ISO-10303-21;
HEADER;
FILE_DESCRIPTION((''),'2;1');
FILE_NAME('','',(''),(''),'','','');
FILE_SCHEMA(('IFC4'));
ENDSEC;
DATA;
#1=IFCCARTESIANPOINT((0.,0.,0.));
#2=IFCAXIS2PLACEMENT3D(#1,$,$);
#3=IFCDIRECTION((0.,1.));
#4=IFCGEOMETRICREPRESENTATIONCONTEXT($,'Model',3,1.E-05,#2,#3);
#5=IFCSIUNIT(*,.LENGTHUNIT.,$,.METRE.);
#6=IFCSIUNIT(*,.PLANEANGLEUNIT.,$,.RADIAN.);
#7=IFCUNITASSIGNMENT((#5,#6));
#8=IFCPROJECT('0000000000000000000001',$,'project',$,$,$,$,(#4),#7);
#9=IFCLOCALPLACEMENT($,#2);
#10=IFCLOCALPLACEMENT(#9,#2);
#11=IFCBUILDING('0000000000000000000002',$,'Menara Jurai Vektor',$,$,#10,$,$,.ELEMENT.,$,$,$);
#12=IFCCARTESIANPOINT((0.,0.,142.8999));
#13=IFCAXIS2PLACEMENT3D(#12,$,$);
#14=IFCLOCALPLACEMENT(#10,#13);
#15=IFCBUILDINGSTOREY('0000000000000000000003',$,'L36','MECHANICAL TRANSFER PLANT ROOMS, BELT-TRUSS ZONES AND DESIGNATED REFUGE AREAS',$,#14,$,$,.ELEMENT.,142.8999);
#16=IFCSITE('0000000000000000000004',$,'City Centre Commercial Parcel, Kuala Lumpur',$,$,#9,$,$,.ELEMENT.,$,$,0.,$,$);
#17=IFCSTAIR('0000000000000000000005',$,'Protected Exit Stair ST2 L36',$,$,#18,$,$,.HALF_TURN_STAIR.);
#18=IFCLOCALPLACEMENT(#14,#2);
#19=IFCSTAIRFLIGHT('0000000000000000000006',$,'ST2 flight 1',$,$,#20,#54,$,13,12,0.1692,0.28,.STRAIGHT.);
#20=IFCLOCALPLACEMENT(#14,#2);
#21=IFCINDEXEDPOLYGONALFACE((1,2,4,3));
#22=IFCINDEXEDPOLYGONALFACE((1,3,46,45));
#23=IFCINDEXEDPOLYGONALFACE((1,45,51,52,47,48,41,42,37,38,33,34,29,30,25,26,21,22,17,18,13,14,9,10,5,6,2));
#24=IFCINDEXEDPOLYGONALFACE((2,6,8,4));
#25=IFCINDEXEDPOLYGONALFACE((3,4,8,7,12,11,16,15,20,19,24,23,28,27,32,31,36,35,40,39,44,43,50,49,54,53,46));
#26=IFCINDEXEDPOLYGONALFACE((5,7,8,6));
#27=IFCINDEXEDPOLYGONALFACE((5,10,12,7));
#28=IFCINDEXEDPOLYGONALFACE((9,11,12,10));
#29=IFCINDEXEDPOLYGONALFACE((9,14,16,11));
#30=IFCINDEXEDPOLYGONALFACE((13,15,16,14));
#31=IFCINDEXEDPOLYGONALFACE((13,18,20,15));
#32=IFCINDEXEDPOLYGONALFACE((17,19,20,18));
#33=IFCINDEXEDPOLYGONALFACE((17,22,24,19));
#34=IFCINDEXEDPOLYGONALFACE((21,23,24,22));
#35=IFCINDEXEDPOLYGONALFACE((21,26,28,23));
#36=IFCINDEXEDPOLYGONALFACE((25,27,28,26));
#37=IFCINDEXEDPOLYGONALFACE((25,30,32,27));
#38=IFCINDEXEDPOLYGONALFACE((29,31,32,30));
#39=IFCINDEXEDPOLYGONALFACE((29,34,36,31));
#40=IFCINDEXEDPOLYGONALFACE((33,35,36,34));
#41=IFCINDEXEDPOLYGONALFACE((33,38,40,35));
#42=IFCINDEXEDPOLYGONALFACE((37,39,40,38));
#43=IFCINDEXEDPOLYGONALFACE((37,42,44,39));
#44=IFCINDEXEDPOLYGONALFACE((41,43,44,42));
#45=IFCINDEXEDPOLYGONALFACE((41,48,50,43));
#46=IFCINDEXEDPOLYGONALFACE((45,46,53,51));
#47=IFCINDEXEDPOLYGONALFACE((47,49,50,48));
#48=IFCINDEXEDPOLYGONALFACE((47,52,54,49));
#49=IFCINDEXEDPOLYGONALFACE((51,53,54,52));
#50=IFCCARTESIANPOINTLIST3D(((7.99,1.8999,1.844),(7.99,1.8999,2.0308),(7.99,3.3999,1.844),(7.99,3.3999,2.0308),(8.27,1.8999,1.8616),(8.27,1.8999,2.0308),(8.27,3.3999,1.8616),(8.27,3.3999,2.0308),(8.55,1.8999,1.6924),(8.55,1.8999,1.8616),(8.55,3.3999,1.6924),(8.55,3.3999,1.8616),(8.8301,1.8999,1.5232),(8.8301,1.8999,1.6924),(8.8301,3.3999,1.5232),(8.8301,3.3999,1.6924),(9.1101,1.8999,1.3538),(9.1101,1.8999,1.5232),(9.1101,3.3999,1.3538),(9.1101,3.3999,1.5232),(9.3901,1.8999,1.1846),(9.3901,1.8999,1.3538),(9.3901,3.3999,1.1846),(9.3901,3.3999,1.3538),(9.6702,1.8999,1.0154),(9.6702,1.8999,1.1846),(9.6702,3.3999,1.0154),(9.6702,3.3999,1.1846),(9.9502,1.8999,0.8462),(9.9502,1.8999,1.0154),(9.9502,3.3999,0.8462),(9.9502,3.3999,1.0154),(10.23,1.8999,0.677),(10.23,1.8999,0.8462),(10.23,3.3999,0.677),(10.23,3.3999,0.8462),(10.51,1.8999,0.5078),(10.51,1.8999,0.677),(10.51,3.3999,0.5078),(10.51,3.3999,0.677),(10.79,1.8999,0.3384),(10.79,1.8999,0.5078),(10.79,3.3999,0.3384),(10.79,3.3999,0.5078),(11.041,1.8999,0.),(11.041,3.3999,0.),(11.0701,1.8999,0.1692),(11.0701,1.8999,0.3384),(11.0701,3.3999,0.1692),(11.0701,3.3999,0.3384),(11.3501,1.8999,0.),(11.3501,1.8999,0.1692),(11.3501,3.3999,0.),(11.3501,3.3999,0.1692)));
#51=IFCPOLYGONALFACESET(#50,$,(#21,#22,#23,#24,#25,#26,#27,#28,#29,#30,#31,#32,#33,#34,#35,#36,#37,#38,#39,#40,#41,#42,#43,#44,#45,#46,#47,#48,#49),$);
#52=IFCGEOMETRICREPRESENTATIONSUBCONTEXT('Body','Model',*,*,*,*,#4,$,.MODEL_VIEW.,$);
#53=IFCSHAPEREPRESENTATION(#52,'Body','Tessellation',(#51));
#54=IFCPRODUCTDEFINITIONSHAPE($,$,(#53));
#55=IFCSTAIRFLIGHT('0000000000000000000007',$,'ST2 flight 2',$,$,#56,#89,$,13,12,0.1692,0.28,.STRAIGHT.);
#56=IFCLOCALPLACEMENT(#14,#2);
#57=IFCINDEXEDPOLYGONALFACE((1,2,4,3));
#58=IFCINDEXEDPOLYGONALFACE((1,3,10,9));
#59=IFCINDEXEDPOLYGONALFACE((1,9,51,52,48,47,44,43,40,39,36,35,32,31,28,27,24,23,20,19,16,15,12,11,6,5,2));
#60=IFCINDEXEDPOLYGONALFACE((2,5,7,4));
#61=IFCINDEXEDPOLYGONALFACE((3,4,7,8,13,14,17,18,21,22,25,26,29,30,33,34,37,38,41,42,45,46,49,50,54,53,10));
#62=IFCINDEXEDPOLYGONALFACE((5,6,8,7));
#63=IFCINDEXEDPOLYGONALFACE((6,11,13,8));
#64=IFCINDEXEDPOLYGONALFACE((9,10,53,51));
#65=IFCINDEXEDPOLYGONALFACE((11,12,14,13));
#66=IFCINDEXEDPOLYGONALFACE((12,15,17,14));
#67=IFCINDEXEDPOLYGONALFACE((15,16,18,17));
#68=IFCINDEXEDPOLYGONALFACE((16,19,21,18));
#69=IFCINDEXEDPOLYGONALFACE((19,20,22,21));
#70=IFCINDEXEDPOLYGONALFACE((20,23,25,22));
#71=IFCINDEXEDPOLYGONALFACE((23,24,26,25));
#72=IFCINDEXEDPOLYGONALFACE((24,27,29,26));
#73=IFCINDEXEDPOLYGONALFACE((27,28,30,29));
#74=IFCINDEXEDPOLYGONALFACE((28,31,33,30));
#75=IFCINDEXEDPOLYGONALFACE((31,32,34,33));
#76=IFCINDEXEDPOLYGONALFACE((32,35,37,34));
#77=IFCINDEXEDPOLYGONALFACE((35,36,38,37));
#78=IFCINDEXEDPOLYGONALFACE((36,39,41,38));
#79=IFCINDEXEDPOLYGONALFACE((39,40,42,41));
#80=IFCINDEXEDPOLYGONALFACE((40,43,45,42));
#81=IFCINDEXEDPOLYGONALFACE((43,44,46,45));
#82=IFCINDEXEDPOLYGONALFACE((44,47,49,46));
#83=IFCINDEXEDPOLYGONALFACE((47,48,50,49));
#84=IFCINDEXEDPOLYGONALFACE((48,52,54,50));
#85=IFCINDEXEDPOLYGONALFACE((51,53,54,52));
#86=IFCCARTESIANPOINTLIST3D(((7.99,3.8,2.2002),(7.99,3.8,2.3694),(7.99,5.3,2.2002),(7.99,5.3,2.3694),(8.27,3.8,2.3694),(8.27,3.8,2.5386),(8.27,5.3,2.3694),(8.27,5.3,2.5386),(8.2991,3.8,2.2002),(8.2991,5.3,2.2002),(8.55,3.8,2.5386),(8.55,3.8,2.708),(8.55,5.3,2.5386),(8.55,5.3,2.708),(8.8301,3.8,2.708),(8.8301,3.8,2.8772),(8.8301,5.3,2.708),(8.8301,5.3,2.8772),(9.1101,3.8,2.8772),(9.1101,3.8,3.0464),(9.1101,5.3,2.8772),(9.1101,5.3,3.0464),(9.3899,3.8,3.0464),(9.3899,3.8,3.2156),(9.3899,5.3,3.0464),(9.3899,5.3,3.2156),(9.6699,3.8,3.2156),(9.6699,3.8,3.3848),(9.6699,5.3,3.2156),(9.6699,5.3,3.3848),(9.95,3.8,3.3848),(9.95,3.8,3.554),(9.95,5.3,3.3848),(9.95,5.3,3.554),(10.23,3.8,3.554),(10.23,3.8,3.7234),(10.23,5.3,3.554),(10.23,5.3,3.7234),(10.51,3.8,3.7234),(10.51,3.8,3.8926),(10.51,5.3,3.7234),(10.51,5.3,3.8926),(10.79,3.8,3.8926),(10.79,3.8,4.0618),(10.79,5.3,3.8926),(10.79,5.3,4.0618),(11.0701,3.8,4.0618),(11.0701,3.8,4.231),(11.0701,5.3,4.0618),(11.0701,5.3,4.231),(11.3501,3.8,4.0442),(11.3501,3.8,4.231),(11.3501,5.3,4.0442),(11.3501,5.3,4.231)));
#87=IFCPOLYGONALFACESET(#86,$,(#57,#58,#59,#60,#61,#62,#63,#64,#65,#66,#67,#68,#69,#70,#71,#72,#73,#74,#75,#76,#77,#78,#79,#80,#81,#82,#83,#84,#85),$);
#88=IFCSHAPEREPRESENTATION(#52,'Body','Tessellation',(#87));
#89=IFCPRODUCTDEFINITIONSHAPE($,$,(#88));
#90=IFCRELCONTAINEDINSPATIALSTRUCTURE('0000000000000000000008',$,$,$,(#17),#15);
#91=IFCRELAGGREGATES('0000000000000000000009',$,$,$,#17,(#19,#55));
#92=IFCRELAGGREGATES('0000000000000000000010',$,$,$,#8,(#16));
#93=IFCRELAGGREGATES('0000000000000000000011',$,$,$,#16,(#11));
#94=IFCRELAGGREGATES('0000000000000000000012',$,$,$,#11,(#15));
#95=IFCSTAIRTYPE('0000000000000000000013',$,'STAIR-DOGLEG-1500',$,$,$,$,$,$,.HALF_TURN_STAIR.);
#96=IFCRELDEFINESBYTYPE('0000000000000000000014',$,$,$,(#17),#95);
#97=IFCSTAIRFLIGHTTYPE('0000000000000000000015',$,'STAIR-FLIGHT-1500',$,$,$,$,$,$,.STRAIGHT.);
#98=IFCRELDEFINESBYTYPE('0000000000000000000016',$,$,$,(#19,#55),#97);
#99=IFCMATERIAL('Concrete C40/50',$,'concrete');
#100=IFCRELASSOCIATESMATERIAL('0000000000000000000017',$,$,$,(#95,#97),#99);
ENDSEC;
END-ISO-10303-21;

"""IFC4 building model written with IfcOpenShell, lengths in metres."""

from ifc_helpers import new_model, si_unit, direction, frame, origin, place, context, subcontext, project, spatial, polyline, outline, extrude, material, type_object, element, aggregate, save


model = new_model("IFC4")

# Units and contexts
model_context = context("Model", 3, precision=1e-05, world=origin(), true_north=direction((0.0, 1.0)))
body_context = subcontext(model_context, "Body", "Model", "MODEL_VIEW")
ifc_project = project(units=[si_unit("LENGTHUNIT", "METRE"), si_unit("PLANEANGLEUNIT", "RADIAN")], contexts=[model_context])

# Site, building, storey
site_placement = place(None, origin())
site = spatial("IfcSite", under=ifc_project, at=site_placement, Name="City Centre Commercial Parcel, Kuala Lumpur", CompositionType="ELEMENT", RefElevation=0.0)
building_placement = place(site_placement, origin())
building = spatial("IfcBuilding", under=site, at=building_placement, Name="Menara Jurai Vektor", CompositionType="ELEMENT")
storey_placement = place(building_placement, frame((0.0, 0.0, 142.8999)))
storey = spatial("IfcBuildingStorey", under=building, at=storey_placement, Name="L36", Description="MECHANICAL TRANSFER PLANT ROOMS, BELT-TRUSS ZONES AND DESIGNATED REFUGE AREAS", CompositionType="ELEMENT", Elevation=142.8999)

# Stair
ifc_material_1 = material(Name="Concrete C40/50", Category="concrete")
stair_type = type_object("IfcStairType", Name="STAIR-DOGLEG-1500", PredefinedType="HALF_TURN_STAIR", material=ifc_material_1)
stair_placement = place(storey_placement, origin())
stair = element("IfcStair", 1, at=stair_placement, inside=storey, type_object=stair_type, Name="Protected Exit Stair ST2 L36", PredefinedType="HALF_TURN_STAIR")

# Stair flights
stair_flight_type = type_object("IfcStairFlightType", Name="STAIR-FLIGHT-1500", PredefinedType="STRAIGHT", material=ifc_material_1)
stair_flight_1_placement = place(storey_placement, frame((11.3501, 2.6499, 0.0), z_axis=(0.0, 0.0, 1.0), x_axis=(-1.0, 0.0, 0.0)))
stair_flight_1 = element("IfcStairFlight", 2, at=stair_flight_1_placement, type_object=stair_flight_type, Name="ST2 flight 1", NumberOfRisers=13, NumberOfTreads=12, PredefinedType="STRAIGHT", RiserHeight=0.1692, TreadLength=0.28, context=body_context, shape_type="SweptSolid", body=[
    extrude(outline(polyline([(0.0, 0.0), (0.0, 0.1692), (0.28, 0.1692), (0.28, 0.3384), (0.5601, 0.3384), (0.5601, 0.5078), (0.8401, 0.5078), (0.8401, 0.677), (1.1201, 0.677), (1.1201, 0.8462), (1.3999, 0.8462), (1.3999, 1.0154), (1.6799, 1.0154), (1.6799, 1.1846), (1.96, 1.1846), (1.96, 1.3538), (2.24, 1.3538), (2.24, 1.5232), (2.52, 1.5232), (2.52, 1.6924), (2.8, 1.6924), (2.8, 1.8616), (3.0801, 1.8616), (3.0801, 2.0308), (3.3601, 2.0308), (3.3601, 2.2), (3.3601, 1.844), (0.3091, 0.0), (0.0, 0.0)])), frame((0.0, 0.75, 0.0), z_axis=(0.0, -1.0, 0.0), x_axis=(1.0, 0.0, 0.0)), (0.0, 0.0, 1.0), 1.5),
])
stair_flight_2_placement = place(storey_placement, frame((7.99, 4.55, 2.2002), z_axis=(0.0, 0.0, 1.0), x_axis=(1.0, 0.0, 0.0)))
stair_flight_2 = element("IfcStairFlight", 3, at=stair_flight_2_placement, type_object=stair_flight_type, Name="ST2 flight 2", NumberOfRisers=13, NumberOfTreads=12, PredefinedType="STRAIGHT", RiserHeight=0.1692, TreadLength=0.28, context=body_context, shape_type="SweptSolid", body=[
    extrude(outline(polyline([(0.0, 0.0), (0.0, 0.1692), (0.28, 0.1692), (0.28, 0.3384), (0.5601, 0.3384), (0.5601, 0.5078), (0.8401, 0.5078), (0.8401, 0.677), (1.1201, 0.677), (1.1201, 0.8462), (1.3999, 0.8462), (1.3999, 1.0154), (1.6799, 1.0154), (1.6799, 1.1846), (1.96, 1.1846), (1.96, 1.3538), (2.24, 1.3538), (2.24, 1.5232), (2.52, 1.5232), (2.52, 1.6924), (2.8, 1.6924), (2.8, 1.8616), (3.0801, 1.8616), (3.0801, 2.0308), (3.3601, 2.0308), (3.3601, 2.2), (3.3601, 1.844), (0.3091, 0.0), (0.0, 0.0)])), frame((0.0, 0.75, 0.0), z_axis=(0.0, -1.0, 0.0), x_axis=(1.0, 0.0, 0.0)), (0.0, 0.0, 1.0), 1.5),
])
aggregate(stair, [stair_flight_1, stair_flight_2])

save(model, "model.ifc")
